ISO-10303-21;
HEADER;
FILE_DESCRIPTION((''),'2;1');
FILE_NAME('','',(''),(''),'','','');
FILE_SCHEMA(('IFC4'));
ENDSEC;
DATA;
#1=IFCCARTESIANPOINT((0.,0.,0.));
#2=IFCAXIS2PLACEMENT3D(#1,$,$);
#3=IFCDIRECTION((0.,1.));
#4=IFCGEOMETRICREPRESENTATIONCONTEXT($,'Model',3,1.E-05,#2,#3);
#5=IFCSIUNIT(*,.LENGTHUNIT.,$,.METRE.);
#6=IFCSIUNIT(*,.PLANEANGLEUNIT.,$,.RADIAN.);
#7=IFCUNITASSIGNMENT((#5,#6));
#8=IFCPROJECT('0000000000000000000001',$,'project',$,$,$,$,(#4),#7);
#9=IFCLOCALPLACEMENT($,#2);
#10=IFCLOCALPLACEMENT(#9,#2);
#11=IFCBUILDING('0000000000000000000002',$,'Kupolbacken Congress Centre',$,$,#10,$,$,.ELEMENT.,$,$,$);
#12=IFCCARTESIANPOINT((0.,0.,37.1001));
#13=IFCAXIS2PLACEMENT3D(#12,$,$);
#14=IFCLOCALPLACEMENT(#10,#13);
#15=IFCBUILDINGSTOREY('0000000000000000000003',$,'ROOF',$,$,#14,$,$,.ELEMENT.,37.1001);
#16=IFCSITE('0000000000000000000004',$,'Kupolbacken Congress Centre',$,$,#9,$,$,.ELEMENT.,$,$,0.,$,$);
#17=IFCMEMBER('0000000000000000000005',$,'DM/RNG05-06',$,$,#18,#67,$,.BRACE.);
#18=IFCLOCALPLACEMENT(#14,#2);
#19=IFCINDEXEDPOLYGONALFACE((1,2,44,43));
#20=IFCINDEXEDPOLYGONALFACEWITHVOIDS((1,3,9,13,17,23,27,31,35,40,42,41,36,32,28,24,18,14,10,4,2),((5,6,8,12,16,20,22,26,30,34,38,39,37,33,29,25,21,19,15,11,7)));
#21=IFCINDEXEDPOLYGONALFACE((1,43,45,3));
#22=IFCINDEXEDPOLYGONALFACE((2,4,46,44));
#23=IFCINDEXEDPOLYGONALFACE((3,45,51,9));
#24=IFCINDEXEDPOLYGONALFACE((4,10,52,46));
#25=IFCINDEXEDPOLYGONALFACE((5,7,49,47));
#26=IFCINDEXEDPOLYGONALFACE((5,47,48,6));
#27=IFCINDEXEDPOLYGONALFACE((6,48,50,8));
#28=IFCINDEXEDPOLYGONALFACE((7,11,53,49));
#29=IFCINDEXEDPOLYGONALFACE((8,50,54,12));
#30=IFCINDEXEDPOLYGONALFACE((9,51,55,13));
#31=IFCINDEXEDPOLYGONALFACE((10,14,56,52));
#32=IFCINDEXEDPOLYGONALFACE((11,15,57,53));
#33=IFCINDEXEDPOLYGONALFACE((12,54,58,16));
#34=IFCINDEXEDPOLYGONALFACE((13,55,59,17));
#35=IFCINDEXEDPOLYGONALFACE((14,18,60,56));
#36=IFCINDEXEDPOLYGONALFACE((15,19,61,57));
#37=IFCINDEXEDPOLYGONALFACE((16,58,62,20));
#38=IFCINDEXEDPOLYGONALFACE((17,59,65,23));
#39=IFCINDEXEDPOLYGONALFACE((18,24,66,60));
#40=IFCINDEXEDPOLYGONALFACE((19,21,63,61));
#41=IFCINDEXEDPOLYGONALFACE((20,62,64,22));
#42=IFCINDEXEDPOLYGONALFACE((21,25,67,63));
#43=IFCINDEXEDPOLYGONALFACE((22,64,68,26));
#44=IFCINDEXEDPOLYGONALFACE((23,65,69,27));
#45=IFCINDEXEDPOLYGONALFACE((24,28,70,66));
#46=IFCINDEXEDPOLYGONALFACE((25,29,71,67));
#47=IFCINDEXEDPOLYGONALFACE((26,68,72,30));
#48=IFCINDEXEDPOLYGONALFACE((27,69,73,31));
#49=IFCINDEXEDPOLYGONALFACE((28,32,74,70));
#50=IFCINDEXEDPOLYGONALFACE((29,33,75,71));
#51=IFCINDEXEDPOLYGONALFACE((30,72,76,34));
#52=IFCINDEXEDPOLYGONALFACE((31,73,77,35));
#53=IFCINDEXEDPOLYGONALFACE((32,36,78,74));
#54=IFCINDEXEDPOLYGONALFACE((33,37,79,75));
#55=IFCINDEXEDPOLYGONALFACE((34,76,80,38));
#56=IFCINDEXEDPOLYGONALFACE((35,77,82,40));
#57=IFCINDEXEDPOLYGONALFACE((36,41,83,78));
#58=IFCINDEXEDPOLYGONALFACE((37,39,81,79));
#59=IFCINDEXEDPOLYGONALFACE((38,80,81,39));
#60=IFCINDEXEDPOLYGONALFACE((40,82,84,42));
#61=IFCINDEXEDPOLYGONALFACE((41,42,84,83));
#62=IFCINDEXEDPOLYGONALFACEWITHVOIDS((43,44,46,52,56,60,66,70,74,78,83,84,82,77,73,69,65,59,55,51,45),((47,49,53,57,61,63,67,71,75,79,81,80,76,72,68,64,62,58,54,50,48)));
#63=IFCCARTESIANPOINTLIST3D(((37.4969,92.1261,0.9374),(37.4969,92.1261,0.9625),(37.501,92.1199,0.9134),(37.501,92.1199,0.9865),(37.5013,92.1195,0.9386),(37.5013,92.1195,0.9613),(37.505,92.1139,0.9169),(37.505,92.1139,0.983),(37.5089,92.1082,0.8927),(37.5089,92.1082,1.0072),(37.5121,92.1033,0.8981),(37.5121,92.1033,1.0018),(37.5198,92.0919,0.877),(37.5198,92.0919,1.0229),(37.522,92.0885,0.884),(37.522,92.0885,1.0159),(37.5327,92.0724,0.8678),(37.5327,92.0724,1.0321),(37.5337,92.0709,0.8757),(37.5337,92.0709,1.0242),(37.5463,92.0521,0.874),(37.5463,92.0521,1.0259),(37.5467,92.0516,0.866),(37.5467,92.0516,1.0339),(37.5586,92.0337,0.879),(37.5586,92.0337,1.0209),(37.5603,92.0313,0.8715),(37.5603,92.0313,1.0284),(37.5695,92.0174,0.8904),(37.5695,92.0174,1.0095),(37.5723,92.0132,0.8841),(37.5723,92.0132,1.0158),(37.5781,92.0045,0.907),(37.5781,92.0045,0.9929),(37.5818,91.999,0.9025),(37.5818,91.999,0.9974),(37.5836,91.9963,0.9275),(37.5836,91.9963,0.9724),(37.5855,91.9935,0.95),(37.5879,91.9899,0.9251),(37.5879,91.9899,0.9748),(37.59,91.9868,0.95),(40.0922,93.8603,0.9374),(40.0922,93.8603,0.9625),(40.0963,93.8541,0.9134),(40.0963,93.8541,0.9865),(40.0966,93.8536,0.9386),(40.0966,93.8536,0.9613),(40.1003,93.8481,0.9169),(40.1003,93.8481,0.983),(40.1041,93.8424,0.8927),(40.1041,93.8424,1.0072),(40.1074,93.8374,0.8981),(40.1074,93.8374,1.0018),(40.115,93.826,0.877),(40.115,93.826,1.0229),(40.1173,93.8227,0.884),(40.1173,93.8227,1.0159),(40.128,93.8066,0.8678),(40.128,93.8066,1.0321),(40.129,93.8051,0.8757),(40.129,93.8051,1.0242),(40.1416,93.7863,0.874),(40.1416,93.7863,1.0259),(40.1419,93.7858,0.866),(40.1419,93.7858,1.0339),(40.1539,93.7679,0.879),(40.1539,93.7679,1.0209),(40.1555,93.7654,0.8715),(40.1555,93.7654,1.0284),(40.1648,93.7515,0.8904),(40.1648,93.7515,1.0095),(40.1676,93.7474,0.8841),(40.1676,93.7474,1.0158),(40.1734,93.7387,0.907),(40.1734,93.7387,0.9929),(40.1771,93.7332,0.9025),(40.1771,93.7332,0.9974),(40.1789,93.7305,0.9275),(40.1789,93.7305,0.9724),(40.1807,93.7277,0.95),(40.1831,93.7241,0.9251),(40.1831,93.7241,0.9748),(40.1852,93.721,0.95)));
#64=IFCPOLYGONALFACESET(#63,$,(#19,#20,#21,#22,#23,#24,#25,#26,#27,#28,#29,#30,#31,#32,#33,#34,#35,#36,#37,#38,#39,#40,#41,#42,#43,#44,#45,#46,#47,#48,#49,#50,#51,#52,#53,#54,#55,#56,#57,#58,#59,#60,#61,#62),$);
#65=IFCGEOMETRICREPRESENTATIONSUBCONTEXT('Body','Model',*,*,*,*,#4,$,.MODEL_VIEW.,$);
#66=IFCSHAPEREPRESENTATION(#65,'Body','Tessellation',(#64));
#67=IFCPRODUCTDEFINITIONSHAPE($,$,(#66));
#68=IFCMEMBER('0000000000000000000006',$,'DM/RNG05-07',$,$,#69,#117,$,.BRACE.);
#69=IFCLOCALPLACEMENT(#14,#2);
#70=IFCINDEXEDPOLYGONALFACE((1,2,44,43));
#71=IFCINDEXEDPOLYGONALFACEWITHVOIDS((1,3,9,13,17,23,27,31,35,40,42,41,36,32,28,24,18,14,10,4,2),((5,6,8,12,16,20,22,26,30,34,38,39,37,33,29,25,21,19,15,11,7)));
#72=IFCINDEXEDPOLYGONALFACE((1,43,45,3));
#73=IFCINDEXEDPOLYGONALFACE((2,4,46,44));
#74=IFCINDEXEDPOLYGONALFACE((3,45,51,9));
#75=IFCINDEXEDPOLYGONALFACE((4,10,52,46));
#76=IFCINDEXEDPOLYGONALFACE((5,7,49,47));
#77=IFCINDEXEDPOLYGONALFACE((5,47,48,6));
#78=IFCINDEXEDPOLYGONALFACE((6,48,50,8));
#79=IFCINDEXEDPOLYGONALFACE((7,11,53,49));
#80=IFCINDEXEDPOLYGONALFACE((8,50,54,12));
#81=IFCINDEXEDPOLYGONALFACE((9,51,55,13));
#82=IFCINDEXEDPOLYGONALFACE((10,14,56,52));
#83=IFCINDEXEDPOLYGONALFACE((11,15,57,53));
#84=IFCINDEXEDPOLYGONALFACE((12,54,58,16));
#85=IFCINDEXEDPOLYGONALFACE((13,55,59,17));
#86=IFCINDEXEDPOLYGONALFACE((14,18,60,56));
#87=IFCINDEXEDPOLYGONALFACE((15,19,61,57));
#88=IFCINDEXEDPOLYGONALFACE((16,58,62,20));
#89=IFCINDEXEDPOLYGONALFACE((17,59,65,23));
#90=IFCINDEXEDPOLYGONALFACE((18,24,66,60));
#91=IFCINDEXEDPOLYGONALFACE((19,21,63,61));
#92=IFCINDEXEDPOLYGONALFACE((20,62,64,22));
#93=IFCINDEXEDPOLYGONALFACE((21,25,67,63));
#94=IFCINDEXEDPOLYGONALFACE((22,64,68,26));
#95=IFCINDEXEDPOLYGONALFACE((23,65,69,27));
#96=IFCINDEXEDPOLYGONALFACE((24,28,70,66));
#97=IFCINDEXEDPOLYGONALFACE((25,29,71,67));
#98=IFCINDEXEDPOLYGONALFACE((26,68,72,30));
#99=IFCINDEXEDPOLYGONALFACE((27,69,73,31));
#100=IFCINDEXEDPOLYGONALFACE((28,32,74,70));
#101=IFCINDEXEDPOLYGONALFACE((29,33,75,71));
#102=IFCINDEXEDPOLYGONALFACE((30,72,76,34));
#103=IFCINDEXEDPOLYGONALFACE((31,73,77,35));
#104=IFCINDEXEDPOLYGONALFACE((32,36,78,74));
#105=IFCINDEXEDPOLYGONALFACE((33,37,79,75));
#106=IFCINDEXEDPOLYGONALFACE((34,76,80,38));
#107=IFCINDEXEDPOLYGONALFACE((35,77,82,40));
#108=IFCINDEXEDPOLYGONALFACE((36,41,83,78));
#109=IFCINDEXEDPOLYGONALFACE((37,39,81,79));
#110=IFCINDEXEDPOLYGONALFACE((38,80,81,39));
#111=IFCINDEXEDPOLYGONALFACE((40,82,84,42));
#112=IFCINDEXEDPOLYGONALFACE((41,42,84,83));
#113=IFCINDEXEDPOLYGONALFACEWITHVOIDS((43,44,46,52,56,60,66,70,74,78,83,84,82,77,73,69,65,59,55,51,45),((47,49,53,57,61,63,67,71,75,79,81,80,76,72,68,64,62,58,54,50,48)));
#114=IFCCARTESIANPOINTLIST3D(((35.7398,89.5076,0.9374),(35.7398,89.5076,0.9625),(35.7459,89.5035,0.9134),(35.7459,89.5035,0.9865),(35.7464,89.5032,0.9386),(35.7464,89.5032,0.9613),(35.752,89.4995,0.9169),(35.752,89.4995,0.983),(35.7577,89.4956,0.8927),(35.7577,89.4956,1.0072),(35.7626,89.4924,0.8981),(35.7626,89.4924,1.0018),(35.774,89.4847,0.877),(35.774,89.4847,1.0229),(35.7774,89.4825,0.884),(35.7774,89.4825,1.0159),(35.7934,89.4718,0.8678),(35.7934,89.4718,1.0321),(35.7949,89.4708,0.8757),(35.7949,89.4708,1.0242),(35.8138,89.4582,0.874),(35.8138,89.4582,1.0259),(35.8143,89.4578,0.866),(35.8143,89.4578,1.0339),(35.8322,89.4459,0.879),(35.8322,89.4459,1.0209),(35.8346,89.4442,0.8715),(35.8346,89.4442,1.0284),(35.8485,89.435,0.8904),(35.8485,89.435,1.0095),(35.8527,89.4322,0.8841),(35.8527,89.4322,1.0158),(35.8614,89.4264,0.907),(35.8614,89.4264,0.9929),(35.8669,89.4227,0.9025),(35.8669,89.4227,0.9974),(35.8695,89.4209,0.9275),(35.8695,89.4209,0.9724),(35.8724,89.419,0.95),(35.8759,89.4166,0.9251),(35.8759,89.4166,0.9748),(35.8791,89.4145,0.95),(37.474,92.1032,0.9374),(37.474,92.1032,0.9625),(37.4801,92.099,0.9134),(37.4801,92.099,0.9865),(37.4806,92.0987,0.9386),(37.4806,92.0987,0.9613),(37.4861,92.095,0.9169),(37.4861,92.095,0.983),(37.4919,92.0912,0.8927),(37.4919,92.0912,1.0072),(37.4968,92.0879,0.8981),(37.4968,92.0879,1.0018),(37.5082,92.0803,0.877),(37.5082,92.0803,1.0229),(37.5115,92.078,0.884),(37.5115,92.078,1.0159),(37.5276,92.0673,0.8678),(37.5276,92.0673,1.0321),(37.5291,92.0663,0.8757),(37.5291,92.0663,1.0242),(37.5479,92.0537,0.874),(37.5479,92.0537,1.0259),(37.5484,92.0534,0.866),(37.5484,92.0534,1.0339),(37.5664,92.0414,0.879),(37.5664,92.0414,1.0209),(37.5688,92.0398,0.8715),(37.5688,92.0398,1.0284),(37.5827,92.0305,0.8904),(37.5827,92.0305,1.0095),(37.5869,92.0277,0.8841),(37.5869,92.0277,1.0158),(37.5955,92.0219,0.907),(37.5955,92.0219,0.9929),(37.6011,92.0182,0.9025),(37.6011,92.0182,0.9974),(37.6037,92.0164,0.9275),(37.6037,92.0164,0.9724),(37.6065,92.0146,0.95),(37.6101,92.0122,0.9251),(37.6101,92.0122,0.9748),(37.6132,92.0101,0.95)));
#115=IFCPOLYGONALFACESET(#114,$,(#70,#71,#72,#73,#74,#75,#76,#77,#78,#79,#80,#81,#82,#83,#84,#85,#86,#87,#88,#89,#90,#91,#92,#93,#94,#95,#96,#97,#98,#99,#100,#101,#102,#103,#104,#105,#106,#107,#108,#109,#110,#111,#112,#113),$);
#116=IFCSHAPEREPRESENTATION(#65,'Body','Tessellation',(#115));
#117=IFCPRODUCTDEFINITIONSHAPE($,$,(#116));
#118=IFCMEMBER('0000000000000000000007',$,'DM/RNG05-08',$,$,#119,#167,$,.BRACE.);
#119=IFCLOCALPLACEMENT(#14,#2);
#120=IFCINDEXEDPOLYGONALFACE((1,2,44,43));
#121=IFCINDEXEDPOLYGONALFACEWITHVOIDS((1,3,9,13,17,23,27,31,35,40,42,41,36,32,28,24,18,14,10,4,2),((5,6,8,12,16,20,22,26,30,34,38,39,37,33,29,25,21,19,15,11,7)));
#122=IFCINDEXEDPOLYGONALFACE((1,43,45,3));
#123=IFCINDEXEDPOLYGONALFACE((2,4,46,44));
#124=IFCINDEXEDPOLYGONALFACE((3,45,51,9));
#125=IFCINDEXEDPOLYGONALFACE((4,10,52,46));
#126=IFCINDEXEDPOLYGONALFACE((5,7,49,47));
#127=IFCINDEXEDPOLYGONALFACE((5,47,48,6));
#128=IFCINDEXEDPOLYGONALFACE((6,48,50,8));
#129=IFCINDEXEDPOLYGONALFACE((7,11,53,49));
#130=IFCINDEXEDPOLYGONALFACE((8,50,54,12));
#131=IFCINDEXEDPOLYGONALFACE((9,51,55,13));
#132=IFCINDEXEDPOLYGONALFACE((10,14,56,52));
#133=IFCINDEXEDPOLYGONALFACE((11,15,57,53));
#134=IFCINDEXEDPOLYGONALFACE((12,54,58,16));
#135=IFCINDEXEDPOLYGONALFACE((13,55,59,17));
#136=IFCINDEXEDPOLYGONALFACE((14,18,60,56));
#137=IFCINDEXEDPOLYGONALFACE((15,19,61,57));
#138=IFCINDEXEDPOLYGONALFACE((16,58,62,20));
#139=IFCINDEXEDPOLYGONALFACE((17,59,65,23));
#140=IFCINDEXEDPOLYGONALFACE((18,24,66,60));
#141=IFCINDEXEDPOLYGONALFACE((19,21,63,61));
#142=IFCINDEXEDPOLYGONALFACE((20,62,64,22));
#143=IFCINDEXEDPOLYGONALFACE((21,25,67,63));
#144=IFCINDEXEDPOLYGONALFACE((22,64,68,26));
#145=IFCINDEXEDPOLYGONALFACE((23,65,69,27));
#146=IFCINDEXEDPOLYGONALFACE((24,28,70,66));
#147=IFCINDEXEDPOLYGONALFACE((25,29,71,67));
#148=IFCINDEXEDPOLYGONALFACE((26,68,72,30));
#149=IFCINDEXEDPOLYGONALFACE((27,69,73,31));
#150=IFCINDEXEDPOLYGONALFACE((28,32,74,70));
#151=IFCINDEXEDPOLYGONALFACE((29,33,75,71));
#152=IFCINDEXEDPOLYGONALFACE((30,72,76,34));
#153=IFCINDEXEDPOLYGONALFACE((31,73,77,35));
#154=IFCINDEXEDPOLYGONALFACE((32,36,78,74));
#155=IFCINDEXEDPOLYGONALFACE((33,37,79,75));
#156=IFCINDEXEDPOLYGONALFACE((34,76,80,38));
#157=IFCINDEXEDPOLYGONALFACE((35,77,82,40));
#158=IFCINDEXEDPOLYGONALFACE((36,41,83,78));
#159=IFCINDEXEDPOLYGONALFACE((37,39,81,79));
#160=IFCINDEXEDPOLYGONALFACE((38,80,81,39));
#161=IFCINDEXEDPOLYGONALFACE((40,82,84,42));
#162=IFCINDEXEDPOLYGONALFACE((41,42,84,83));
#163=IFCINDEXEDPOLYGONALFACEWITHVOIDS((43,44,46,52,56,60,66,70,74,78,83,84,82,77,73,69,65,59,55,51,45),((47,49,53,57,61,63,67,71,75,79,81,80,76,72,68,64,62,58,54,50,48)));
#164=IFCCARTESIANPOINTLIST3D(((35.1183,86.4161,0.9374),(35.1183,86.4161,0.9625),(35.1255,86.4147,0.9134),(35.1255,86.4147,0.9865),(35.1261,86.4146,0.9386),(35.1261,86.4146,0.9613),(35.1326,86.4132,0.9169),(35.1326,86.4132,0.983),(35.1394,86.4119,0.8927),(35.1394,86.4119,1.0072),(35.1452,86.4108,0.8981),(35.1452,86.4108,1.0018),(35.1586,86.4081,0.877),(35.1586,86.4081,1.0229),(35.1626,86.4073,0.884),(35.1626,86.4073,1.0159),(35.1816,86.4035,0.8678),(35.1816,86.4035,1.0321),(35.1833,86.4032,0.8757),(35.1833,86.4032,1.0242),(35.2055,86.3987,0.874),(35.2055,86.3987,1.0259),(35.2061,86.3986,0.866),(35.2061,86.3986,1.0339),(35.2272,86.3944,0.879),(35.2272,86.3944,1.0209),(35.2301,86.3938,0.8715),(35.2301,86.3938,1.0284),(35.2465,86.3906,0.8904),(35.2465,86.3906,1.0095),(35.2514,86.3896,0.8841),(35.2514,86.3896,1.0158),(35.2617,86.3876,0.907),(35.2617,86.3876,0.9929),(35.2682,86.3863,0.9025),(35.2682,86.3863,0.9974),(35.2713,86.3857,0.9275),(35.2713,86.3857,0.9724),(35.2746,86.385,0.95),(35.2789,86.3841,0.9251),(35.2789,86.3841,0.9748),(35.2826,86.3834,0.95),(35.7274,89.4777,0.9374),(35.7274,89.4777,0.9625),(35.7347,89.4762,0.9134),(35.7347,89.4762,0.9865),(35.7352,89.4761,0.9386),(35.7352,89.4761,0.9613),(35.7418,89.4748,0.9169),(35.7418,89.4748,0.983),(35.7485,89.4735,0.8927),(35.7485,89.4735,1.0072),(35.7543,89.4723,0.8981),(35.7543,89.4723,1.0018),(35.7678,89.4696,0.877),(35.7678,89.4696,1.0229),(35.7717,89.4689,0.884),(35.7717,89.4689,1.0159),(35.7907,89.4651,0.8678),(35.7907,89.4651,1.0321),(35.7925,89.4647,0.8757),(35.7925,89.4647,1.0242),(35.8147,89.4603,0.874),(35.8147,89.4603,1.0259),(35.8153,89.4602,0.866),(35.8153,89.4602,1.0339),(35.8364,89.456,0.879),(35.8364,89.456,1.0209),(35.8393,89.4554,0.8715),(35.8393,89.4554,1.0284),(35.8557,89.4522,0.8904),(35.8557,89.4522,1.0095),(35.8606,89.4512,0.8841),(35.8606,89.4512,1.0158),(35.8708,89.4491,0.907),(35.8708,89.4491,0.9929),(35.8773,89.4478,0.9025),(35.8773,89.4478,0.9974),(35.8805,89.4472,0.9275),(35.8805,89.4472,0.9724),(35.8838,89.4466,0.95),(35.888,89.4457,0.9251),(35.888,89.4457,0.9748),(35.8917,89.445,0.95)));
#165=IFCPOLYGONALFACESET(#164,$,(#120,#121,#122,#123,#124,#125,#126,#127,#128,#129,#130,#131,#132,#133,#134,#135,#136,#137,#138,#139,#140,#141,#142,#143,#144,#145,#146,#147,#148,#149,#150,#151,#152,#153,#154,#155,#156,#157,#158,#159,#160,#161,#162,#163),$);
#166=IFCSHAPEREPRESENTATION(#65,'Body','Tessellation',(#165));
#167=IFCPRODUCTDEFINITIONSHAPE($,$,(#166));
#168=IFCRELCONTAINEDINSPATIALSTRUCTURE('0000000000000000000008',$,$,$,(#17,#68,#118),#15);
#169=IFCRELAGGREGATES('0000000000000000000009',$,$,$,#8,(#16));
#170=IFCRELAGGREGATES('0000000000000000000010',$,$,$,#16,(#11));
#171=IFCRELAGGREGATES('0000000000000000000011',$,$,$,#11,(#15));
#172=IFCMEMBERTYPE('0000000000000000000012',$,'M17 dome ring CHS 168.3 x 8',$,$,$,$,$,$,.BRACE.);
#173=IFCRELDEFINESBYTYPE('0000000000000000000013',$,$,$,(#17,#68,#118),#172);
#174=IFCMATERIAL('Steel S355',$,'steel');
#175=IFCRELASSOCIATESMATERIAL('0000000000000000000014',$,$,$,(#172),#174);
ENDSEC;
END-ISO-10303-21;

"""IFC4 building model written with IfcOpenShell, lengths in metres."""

from ifc_helpers import new_model, si_unit, direction, frame, origin, origin_2d, place, context, subcontext, project, spatial, hollow_circle, extrude, material, material_profile, profile_set, type_object, element, save


model = new_model("IFC4")

# Units and contexts
model_context = context("Model", 3, precision=1e-05, world=origin(), true_north=direction((0.0, 1.0)))
body_context = subcontext(model_context, "Body", "Model", "MODEL_VIEW")
ifc_project = project(units=[si_unit("LENGTHUNIT", "METRE"), si_unit("PLANEANGLEUNIT", "RADIAN")], contexts=[model_context])

# Site, building, storey
site_placement = place(None, origin())
site = spatial("IfcSite", under=ifc_project, at=site_placement, Name="Kupolbacken Congress Centre", CompositionType="ELEMENT", RefElevation=0.0)
building_placement = place(site_placement, origin())
building = spatial("IfcBuilding", under=site, at=building_placement, Name="Kupolbacken Congress Centre", CompositionType="ELEMENT")
storey_placement = place(building_placement, frame((0.0, 0.0, 37.1001)))
storey = spatial("IfcBuildingStorey", under=building, at=storey_placement, Name="ROOF", CompositionType="ELEMENT", Elevation=37.1001)

# Members
ifc_material_1 = material(Name="Steel S355", Category="steel")
ifc_material_profile_1 = material_profile(ifc_material_1, hollow_circle(Radius=0.0842, WallThickness=0.0081, at=origin_2d()), Name="CHS 168.3 x 8")
ifc_profile_set_1 = profile_set([ifc_material_profile_1], Name="Steel S355")
member_type_1 = type_object("IfcMemberType", Name="M17 dome ring CHS 168.3 x 8", PredefinedType="BRACE", material=ifc_profile_set_1)
member_1_placement = place(storey_placement, frame((40.1384, 93.791, 0.95), z_axis=(-0.83146, -0.555584, 0.0), x_axis=(0.555584, -0.83146, 0.0)))
element("IfcMember", 1, at=member_1_placement, inside=storey, type_object=member_type_1, Name="DM/RNG05-06", PredefinedType="BRACE", context=body_context, shape_type="SweptSolid", body=[
    extrude(hollow_circle(Radius=0.0842, WallThickness=0.0081, at=origin_2d()), origin(), (0.0, 0.0, 1.0), 3.1213),
])
for number, where, z_axis, x_axis, name in (
    (2, (37.5432, 92.0569, 0.95), (-0.555548, -0.831484, 0.0), (0.831484, -0.555548, 0.0), "DM/RNG05-07"),
    (3, (35.8091, 89.4614, 0.95), (-0.195138, -0.980776, 0.0), (0.980776, -0.195138, 0.0), "DM/RNG05-08"),
):
    element("IfcMember", number, at=place(storey_placement, frame(where, z_axis=z_axis, x_axis=x_axis)), inside=storey, type_object=member_type_1, Name=name, PredefinedType="BRACE", context=body_context, shape_type="SweptSolid", body=[
        extrude(hollow_circle(Radius=0.0842, WallThickness=0.0081, at=origin_2d()), origin(), (0.0, 0.0, 1.0), 3.1216),
    ])

save(model, "model.ifc")
